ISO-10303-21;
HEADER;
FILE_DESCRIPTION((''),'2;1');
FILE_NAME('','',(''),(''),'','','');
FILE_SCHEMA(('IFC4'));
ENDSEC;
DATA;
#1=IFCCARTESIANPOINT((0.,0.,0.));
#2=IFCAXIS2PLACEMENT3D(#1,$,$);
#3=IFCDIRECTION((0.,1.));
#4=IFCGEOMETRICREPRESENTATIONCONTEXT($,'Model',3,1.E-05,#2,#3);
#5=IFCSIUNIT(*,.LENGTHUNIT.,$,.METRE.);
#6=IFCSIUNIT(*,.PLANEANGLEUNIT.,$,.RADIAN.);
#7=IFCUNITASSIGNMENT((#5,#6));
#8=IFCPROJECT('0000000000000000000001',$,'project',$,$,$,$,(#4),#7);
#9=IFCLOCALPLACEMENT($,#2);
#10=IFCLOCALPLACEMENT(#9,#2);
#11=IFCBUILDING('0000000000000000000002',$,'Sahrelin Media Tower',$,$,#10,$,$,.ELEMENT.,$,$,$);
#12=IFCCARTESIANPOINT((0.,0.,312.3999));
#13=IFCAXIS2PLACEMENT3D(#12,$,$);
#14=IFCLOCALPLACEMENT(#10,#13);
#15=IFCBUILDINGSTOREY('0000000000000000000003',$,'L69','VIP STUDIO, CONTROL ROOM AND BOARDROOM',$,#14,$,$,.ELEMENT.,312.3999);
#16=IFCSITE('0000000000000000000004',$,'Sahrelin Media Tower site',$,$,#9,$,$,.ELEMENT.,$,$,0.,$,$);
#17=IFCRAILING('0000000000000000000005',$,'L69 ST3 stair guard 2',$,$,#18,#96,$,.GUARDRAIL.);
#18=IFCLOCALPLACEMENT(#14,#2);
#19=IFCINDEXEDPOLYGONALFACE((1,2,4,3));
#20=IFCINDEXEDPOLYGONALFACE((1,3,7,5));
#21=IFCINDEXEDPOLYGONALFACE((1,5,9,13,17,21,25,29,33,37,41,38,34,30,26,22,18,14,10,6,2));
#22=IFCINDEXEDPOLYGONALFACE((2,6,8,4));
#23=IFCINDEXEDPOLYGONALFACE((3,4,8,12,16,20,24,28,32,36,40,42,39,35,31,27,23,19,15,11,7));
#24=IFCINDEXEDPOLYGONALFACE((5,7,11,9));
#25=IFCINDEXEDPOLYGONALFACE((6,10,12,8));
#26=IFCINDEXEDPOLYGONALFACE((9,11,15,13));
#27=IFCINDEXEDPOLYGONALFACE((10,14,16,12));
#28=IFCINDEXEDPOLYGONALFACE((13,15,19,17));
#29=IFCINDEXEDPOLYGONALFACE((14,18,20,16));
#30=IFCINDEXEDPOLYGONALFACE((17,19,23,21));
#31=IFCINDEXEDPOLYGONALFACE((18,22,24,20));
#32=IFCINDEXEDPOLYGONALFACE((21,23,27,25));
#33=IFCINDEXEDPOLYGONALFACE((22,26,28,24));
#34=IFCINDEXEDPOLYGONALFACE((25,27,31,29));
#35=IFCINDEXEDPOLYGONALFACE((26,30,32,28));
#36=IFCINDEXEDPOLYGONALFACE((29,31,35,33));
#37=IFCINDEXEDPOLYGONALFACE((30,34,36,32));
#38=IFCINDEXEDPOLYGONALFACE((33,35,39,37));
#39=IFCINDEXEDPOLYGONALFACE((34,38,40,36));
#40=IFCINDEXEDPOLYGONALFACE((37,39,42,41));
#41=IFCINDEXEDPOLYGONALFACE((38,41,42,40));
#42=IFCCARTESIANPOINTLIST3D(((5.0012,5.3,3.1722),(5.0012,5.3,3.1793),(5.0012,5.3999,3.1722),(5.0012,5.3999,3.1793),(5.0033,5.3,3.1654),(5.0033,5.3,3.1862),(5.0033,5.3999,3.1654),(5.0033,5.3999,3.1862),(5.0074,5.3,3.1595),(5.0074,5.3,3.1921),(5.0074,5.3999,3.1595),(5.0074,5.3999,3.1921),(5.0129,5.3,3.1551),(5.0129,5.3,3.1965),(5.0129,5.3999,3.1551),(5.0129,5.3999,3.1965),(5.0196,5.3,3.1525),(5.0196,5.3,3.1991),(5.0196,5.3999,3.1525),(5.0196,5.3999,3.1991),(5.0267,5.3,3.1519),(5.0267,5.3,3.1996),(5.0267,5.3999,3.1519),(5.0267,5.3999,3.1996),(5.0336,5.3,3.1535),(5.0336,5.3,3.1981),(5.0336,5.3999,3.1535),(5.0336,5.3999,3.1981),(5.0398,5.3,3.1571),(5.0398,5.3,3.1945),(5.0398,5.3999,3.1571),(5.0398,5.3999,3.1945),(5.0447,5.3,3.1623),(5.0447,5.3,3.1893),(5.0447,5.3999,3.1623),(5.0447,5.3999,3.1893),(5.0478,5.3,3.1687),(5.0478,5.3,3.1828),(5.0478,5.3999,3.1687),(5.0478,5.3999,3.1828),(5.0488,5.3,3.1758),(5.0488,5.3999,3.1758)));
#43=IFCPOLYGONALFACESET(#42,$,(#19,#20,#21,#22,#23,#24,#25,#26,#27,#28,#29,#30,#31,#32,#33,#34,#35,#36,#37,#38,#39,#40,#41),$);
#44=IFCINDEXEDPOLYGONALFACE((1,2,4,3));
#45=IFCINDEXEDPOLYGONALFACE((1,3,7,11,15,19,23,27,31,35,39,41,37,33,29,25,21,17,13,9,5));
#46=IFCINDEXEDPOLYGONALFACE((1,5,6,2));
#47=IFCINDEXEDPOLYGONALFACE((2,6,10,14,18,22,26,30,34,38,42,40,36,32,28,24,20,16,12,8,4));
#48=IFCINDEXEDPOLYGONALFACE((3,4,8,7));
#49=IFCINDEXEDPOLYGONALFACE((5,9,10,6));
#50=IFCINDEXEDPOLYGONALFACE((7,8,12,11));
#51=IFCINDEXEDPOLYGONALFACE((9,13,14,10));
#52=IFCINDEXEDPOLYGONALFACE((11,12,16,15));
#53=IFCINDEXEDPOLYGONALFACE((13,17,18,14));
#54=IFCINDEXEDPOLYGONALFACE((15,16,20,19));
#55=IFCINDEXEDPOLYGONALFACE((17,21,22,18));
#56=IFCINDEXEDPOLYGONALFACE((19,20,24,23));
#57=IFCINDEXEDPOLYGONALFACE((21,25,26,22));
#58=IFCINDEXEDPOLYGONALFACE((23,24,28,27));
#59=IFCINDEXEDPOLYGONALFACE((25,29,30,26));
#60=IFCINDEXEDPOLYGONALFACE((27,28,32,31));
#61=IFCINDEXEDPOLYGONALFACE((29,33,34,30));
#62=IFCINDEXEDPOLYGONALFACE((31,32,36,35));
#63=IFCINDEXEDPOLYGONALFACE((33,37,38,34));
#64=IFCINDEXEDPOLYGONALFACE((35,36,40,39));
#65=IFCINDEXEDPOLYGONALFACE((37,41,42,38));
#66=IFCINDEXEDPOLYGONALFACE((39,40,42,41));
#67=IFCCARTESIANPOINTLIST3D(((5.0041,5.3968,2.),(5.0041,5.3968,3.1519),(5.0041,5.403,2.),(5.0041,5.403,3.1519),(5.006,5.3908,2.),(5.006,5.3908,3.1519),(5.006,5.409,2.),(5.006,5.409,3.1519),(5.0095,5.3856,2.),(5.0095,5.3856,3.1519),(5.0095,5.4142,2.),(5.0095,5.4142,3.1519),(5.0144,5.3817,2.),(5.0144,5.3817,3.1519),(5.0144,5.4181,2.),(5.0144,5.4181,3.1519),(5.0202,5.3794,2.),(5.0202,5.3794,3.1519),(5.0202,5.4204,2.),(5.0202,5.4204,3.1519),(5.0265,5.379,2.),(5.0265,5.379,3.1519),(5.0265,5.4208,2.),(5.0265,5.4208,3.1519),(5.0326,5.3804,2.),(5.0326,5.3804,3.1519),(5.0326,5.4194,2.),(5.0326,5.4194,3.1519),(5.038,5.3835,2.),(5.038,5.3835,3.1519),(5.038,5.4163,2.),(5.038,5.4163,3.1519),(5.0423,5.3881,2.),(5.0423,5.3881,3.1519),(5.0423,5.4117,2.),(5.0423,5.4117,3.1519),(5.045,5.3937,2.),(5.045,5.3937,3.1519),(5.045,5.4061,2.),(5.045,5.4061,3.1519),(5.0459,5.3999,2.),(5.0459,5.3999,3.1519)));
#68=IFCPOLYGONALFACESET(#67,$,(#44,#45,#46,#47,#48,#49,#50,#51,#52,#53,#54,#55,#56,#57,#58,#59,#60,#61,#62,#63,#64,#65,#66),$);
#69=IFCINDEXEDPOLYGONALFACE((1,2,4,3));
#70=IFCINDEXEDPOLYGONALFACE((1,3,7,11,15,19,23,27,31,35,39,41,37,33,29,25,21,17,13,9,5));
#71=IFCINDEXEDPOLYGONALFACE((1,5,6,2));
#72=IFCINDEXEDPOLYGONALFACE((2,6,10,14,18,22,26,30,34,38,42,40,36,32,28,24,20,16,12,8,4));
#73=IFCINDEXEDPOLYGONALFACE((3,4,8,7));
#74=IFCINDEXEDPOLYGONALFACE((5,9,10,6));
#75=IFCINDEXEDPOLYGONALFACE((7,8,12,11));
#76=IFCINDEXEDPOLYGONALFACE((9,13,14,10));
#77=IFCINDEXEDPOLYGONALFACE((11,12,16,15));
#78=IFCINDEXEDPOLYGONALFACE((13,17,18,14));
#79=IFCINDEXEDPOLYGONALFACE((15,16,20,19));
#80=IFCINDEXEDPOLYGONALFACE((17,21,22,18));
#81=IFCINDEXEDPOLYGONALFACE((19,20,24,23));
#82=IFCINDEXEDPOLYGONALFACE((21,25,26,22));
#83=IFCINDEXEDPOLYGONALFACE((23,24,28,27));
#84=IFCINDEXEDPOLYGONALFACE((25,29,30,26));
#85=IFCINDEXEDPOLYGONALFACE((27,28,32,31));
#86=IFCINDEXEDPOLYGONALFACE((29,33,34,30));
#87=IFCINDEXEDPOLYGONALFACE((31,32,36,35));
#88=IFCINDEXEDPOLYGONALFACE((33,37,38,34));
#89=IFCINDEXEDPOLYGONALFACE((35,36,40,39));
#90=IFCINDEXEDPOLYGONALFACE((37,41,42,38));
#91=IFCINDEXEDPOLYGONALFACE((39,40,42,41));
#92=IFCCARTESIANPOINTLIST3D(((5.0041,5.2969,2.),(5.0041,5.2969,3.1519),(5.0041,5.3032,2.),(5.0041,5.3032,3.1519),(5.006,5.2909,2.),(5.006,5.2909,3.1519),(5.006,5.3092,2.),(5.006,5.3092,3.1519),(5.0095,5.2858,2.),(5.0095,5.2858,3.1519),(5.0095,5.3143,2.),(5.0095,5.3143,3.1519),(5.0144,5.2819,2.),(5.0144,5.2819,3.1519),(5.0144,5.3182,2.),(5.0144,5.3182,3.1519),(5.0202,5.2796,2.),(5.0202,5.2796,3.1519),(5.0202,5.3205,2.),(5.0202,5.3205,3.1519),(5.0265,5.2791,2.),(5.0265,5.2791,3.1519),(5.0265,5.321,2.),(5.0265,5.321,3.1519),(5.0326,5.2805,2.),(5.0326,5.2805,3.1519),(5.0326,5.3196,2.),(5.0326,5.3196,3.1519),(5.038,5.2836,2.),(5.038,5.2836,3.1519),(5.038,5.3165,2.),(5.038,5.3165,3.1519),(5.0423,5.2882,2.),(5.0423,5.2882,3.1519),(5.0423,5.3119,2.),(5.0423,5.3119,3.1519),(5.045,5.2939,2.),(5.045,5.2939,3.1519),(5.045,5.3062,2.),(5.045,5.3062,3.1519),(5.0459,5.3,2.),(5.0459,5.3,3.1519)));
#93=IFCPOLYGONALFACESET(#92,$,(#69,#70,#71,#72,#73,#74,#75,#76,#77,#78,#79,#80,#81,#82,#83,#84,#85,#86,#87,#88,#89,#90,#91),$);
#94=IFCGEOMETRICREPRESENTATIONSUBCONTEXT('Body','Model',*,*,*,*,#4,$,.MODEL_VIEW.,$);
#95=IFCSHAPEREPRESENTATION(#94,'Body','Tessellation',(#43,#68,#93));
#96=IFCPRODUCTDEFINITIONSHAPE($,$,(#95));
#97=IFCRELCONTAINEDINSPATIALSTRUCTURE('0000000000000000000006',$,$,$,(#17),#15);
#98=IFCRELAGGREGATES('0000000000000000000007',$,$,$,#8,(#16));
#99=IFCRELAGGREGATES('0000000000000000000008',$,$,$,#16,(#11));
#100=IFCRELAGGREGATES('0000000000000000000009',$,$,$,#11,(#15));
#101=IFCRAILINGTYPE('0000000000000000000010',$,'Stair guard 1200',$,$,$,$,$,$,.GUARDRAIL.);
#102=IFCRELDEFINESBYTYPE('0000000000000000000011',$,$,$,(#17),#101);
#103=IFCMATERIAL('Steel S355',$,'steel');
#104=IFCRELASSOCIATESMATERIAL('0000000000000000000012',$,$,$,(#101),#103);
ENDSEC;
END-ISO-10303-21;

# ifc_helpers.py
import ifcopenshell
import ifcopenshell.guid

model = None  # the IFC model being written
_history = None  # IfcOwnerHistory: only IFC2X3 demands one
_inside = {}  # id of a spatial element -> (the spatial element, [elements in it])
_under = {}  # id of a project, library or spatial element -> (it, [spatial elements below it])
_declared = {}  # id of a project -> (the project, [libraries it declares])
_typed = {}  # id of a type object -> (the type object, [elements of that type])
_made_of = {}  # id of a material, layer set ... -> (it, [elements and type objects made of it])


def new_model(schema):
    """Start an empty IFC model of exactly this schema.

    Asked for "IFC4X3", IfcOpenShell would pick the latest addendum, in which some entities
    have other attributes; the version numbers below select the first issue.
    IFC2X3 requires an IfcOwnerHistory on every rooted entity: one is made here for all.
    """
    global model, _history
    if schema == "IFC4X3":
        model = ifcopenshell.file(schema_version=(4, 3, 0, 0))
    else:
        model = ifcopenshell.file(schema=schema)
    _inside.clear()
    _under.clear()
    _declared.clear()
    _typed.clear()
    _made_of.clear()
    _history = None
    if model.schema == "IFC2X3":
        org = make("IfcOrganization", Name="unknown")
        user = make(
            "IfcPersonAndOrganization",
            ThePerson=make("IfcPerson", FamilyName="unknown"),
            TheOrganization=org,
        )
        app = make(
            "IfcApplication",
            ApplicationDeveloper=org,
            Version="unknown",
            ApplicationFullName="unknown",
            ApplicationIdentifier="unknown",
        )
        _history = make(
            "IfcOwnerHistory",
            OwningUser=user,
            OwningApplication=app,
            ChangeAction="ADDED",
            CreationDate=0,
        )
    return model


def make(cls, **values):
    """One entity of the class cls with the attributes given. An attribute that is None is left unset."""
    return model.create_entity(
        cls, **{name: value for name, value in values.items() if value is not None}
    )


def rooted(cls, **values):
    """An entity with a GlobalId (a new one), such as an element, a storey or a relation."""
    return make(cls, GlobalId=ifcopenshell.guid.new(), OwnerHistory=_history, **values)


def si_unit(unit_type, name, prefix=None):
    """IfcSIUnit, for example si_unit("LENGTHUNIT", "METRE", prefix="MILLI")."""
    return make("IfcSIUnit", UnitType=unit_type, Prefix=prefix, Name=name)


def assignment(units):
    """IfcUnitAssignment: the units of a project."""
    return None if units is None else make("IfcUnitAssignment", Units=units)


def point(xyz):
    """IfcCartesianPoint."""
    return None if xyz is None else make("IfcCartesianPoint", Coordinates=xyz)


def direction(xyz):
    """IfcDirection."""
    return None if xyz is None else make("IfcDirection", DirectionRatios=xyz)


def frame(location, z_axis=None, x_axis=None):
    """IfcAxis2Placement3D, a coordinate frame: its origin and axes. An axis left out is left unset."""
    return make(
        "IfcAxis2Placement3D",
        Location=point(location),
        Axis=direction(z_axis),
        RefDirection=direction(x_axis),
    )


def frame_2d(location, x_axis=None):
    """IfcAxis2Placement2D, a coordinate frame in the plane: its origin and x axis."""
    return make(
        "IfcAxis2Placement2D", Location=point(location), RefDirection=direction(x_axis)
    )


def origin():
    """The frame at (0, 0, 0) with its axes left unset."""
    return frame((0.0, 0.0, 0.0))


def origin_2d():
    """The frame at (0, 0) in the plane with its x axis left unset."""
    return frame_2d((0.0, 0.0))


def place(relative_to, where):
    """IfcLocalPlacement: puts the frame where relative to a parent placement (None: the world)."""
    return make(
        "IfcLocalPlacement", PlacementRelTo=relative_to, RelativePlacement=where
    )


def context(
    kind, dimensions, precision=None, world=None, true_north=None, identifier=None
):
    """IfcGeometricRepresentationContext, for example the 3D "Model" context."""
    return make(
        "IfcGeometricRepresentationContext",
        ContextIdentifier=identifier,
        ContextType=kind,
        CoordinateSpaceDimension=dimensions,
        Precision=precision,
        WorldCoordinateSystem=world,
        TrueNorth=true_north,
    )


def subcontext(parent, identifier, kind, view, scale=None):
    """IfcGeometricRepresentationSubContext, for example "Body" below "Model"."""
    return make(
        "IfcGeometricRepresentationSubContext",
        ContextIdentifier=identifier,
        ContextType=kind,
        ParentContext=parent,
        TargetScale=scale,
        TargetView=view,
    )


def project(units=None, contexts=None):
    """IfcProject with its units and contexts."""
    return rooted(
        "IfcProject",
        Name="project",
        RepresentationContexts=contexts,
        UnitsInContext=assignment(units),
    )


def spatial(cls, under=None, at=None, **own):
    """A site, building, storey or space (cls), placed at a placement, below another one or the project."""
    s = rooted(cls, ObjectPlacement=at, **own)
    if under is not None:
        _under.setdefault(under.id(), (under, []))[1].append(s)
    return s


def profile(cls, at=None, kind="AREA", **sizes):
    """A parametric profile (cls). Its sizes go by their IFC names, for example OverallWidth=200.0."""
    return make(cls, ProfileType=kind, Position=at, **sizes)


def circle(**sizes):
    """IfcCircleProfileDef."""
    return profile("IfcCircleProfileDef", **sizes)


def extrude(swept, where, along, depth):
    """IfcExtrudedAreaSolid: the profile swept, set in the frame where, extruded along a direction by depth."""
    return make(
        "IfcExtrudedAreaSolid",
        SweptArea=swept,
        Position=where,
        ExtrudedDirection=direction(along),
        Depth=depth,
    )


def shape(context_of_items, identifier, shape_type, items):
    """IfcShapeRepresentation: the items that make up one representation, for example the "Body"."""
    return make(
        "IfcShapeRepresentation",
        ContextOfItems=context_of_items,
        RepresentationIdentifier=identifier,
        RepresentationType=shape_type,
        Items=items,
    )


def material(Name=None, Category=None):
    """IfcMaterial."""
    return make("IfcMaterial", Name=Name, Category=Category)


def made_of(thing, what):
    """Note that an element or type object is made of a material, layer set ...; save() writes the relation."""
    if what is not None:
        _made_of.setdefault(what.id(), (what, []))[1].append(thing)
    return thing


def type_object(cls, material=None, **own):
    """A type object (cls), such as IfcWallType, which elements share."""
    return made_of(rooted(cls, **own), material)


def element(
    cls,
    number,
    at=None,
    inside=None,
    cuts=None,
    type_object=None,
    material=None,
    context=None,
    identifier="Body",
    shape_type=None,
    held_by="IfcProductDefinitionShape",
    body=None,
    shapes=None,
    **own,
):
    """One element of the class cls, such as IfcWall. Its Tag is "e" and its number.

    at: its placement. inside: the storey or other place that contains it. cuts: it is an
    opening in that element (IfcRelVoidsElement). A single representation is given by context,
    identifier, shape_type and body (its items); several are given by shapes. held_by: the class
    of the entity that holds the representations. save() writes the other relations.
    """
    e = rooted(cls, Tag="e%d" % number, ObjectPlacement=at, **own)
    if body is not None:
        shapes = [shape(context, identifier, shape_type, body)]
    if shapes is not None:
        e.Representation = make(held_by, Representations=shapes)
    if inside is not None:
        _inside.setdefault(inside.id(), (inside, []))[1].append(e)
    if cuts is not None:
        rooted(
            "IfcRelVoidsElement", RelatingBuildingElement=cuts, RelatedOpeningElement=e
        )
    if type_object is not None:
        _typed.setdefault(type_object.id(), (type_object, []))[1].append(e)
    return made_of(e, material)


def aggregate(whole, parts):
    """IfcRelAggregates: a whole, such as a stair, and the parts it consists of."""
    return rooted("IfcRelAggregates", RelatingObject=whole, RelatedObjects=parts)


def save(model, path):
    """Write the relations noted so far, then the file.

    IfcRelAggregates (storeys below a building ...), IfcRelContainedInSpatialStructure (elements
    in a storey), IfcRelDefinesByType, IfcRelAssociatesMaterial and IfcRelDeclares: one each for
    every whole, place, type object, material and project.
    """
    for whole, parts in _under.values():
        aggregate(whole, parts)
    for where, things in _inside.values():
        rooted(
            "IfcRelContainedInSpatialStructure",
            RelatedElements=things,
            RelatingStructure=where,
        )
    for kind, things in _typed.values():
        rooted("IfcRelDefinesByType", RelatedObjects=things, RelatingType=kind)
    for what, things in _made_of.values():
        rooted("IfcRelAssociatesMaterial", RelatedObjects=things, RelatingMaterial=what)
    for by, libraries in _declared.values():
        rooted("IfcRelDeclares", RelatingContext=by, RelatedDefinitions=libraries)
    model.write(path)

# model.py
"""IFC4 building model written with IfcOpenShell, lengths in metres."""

from ifc_helpers import new_model, si_unit, direction, frame, origin, origin_2d, place, context, subcontext, project, spatial, circle, extrude, material, type_object, element, save


model = new_model("IFC4")

# Units and contexts
model_context = context("Model", 3, precision=1e-05, world=origin(), true_north=direction((0.0, 1.0)))
body_context = subcontext(model_context, "Body", "Model", "MODEL_VIEW")
ifc_project = project(units=[si_unit("LENGTHUNIT", "METRE"), si_unit("PLANEANGLEUNIT", "RADIAN")], contexts=[model_context])

# Site, building, storey
site_placement = place(None, origin())
site = spatial("IfcSite", under=ifc_project, at=site_placement, Name="Sahrelin Media Tower site", CompositionType="ELEMENT", RefElevation=0.0)
building_placement = place(site_placement, origin())
building = spatial("IfcBuilding", under=site, at=building_placement, Name="Sahrelin Media Tower", CompositionType="ELEMENT")
storey_placement = place(building_placement, frame((0.0, 0.0, 312.3999)))
storey = spatial("IfcBuildingStorey", under=building, at=storey_placement, Name="L69", Description="VIP STUDIO, CONTROL ROOM AND BOARDROOM", CompositionType="ELEMENT", Elevation=312.3999)

# Shared definitions
ifc_material_1 = material(Name="Steel S355", Category="steel")

# Railing
railing_type_1 = type_object("IfcRailingType", Name="Stair guard 1200", PredefinedType="GUARDRAIL", material=ifc_material_1)
railing_1_placement = place(storey_placement, frame((5.0249, 5.3999, 2.0)))
element("IfcRailing", 1, at=railing_1_placement, inside=storey, type_object=railing_type_1, Name="L69 ST3 stair guard 2", PredefinedType="GUARDRAIL", context=body_context, shape_type="SweptSolid", body=[
    extrude(circle(Radius=0.0239, at=origin_2d()), frame((0.0, 0.0, 1.1758), z_axis=(0.0, -1.0, 0.0), x_axis=(1.0, 0.0, 0.0)), (0.0, 0.0, 1.0), 0.0999),
    extrude(circle(Radius=0.021, at=origin_2d()), origin(), (0.0, 0.0, 1.0), 1.1519),
    extrude(circle(Radius=0.021, at=origin_2d()), frame((0.0, -0.0999, 0.0)), (0.0, 0.0, 1.0), 1.1519),
])

save(model, "model.ifc")
